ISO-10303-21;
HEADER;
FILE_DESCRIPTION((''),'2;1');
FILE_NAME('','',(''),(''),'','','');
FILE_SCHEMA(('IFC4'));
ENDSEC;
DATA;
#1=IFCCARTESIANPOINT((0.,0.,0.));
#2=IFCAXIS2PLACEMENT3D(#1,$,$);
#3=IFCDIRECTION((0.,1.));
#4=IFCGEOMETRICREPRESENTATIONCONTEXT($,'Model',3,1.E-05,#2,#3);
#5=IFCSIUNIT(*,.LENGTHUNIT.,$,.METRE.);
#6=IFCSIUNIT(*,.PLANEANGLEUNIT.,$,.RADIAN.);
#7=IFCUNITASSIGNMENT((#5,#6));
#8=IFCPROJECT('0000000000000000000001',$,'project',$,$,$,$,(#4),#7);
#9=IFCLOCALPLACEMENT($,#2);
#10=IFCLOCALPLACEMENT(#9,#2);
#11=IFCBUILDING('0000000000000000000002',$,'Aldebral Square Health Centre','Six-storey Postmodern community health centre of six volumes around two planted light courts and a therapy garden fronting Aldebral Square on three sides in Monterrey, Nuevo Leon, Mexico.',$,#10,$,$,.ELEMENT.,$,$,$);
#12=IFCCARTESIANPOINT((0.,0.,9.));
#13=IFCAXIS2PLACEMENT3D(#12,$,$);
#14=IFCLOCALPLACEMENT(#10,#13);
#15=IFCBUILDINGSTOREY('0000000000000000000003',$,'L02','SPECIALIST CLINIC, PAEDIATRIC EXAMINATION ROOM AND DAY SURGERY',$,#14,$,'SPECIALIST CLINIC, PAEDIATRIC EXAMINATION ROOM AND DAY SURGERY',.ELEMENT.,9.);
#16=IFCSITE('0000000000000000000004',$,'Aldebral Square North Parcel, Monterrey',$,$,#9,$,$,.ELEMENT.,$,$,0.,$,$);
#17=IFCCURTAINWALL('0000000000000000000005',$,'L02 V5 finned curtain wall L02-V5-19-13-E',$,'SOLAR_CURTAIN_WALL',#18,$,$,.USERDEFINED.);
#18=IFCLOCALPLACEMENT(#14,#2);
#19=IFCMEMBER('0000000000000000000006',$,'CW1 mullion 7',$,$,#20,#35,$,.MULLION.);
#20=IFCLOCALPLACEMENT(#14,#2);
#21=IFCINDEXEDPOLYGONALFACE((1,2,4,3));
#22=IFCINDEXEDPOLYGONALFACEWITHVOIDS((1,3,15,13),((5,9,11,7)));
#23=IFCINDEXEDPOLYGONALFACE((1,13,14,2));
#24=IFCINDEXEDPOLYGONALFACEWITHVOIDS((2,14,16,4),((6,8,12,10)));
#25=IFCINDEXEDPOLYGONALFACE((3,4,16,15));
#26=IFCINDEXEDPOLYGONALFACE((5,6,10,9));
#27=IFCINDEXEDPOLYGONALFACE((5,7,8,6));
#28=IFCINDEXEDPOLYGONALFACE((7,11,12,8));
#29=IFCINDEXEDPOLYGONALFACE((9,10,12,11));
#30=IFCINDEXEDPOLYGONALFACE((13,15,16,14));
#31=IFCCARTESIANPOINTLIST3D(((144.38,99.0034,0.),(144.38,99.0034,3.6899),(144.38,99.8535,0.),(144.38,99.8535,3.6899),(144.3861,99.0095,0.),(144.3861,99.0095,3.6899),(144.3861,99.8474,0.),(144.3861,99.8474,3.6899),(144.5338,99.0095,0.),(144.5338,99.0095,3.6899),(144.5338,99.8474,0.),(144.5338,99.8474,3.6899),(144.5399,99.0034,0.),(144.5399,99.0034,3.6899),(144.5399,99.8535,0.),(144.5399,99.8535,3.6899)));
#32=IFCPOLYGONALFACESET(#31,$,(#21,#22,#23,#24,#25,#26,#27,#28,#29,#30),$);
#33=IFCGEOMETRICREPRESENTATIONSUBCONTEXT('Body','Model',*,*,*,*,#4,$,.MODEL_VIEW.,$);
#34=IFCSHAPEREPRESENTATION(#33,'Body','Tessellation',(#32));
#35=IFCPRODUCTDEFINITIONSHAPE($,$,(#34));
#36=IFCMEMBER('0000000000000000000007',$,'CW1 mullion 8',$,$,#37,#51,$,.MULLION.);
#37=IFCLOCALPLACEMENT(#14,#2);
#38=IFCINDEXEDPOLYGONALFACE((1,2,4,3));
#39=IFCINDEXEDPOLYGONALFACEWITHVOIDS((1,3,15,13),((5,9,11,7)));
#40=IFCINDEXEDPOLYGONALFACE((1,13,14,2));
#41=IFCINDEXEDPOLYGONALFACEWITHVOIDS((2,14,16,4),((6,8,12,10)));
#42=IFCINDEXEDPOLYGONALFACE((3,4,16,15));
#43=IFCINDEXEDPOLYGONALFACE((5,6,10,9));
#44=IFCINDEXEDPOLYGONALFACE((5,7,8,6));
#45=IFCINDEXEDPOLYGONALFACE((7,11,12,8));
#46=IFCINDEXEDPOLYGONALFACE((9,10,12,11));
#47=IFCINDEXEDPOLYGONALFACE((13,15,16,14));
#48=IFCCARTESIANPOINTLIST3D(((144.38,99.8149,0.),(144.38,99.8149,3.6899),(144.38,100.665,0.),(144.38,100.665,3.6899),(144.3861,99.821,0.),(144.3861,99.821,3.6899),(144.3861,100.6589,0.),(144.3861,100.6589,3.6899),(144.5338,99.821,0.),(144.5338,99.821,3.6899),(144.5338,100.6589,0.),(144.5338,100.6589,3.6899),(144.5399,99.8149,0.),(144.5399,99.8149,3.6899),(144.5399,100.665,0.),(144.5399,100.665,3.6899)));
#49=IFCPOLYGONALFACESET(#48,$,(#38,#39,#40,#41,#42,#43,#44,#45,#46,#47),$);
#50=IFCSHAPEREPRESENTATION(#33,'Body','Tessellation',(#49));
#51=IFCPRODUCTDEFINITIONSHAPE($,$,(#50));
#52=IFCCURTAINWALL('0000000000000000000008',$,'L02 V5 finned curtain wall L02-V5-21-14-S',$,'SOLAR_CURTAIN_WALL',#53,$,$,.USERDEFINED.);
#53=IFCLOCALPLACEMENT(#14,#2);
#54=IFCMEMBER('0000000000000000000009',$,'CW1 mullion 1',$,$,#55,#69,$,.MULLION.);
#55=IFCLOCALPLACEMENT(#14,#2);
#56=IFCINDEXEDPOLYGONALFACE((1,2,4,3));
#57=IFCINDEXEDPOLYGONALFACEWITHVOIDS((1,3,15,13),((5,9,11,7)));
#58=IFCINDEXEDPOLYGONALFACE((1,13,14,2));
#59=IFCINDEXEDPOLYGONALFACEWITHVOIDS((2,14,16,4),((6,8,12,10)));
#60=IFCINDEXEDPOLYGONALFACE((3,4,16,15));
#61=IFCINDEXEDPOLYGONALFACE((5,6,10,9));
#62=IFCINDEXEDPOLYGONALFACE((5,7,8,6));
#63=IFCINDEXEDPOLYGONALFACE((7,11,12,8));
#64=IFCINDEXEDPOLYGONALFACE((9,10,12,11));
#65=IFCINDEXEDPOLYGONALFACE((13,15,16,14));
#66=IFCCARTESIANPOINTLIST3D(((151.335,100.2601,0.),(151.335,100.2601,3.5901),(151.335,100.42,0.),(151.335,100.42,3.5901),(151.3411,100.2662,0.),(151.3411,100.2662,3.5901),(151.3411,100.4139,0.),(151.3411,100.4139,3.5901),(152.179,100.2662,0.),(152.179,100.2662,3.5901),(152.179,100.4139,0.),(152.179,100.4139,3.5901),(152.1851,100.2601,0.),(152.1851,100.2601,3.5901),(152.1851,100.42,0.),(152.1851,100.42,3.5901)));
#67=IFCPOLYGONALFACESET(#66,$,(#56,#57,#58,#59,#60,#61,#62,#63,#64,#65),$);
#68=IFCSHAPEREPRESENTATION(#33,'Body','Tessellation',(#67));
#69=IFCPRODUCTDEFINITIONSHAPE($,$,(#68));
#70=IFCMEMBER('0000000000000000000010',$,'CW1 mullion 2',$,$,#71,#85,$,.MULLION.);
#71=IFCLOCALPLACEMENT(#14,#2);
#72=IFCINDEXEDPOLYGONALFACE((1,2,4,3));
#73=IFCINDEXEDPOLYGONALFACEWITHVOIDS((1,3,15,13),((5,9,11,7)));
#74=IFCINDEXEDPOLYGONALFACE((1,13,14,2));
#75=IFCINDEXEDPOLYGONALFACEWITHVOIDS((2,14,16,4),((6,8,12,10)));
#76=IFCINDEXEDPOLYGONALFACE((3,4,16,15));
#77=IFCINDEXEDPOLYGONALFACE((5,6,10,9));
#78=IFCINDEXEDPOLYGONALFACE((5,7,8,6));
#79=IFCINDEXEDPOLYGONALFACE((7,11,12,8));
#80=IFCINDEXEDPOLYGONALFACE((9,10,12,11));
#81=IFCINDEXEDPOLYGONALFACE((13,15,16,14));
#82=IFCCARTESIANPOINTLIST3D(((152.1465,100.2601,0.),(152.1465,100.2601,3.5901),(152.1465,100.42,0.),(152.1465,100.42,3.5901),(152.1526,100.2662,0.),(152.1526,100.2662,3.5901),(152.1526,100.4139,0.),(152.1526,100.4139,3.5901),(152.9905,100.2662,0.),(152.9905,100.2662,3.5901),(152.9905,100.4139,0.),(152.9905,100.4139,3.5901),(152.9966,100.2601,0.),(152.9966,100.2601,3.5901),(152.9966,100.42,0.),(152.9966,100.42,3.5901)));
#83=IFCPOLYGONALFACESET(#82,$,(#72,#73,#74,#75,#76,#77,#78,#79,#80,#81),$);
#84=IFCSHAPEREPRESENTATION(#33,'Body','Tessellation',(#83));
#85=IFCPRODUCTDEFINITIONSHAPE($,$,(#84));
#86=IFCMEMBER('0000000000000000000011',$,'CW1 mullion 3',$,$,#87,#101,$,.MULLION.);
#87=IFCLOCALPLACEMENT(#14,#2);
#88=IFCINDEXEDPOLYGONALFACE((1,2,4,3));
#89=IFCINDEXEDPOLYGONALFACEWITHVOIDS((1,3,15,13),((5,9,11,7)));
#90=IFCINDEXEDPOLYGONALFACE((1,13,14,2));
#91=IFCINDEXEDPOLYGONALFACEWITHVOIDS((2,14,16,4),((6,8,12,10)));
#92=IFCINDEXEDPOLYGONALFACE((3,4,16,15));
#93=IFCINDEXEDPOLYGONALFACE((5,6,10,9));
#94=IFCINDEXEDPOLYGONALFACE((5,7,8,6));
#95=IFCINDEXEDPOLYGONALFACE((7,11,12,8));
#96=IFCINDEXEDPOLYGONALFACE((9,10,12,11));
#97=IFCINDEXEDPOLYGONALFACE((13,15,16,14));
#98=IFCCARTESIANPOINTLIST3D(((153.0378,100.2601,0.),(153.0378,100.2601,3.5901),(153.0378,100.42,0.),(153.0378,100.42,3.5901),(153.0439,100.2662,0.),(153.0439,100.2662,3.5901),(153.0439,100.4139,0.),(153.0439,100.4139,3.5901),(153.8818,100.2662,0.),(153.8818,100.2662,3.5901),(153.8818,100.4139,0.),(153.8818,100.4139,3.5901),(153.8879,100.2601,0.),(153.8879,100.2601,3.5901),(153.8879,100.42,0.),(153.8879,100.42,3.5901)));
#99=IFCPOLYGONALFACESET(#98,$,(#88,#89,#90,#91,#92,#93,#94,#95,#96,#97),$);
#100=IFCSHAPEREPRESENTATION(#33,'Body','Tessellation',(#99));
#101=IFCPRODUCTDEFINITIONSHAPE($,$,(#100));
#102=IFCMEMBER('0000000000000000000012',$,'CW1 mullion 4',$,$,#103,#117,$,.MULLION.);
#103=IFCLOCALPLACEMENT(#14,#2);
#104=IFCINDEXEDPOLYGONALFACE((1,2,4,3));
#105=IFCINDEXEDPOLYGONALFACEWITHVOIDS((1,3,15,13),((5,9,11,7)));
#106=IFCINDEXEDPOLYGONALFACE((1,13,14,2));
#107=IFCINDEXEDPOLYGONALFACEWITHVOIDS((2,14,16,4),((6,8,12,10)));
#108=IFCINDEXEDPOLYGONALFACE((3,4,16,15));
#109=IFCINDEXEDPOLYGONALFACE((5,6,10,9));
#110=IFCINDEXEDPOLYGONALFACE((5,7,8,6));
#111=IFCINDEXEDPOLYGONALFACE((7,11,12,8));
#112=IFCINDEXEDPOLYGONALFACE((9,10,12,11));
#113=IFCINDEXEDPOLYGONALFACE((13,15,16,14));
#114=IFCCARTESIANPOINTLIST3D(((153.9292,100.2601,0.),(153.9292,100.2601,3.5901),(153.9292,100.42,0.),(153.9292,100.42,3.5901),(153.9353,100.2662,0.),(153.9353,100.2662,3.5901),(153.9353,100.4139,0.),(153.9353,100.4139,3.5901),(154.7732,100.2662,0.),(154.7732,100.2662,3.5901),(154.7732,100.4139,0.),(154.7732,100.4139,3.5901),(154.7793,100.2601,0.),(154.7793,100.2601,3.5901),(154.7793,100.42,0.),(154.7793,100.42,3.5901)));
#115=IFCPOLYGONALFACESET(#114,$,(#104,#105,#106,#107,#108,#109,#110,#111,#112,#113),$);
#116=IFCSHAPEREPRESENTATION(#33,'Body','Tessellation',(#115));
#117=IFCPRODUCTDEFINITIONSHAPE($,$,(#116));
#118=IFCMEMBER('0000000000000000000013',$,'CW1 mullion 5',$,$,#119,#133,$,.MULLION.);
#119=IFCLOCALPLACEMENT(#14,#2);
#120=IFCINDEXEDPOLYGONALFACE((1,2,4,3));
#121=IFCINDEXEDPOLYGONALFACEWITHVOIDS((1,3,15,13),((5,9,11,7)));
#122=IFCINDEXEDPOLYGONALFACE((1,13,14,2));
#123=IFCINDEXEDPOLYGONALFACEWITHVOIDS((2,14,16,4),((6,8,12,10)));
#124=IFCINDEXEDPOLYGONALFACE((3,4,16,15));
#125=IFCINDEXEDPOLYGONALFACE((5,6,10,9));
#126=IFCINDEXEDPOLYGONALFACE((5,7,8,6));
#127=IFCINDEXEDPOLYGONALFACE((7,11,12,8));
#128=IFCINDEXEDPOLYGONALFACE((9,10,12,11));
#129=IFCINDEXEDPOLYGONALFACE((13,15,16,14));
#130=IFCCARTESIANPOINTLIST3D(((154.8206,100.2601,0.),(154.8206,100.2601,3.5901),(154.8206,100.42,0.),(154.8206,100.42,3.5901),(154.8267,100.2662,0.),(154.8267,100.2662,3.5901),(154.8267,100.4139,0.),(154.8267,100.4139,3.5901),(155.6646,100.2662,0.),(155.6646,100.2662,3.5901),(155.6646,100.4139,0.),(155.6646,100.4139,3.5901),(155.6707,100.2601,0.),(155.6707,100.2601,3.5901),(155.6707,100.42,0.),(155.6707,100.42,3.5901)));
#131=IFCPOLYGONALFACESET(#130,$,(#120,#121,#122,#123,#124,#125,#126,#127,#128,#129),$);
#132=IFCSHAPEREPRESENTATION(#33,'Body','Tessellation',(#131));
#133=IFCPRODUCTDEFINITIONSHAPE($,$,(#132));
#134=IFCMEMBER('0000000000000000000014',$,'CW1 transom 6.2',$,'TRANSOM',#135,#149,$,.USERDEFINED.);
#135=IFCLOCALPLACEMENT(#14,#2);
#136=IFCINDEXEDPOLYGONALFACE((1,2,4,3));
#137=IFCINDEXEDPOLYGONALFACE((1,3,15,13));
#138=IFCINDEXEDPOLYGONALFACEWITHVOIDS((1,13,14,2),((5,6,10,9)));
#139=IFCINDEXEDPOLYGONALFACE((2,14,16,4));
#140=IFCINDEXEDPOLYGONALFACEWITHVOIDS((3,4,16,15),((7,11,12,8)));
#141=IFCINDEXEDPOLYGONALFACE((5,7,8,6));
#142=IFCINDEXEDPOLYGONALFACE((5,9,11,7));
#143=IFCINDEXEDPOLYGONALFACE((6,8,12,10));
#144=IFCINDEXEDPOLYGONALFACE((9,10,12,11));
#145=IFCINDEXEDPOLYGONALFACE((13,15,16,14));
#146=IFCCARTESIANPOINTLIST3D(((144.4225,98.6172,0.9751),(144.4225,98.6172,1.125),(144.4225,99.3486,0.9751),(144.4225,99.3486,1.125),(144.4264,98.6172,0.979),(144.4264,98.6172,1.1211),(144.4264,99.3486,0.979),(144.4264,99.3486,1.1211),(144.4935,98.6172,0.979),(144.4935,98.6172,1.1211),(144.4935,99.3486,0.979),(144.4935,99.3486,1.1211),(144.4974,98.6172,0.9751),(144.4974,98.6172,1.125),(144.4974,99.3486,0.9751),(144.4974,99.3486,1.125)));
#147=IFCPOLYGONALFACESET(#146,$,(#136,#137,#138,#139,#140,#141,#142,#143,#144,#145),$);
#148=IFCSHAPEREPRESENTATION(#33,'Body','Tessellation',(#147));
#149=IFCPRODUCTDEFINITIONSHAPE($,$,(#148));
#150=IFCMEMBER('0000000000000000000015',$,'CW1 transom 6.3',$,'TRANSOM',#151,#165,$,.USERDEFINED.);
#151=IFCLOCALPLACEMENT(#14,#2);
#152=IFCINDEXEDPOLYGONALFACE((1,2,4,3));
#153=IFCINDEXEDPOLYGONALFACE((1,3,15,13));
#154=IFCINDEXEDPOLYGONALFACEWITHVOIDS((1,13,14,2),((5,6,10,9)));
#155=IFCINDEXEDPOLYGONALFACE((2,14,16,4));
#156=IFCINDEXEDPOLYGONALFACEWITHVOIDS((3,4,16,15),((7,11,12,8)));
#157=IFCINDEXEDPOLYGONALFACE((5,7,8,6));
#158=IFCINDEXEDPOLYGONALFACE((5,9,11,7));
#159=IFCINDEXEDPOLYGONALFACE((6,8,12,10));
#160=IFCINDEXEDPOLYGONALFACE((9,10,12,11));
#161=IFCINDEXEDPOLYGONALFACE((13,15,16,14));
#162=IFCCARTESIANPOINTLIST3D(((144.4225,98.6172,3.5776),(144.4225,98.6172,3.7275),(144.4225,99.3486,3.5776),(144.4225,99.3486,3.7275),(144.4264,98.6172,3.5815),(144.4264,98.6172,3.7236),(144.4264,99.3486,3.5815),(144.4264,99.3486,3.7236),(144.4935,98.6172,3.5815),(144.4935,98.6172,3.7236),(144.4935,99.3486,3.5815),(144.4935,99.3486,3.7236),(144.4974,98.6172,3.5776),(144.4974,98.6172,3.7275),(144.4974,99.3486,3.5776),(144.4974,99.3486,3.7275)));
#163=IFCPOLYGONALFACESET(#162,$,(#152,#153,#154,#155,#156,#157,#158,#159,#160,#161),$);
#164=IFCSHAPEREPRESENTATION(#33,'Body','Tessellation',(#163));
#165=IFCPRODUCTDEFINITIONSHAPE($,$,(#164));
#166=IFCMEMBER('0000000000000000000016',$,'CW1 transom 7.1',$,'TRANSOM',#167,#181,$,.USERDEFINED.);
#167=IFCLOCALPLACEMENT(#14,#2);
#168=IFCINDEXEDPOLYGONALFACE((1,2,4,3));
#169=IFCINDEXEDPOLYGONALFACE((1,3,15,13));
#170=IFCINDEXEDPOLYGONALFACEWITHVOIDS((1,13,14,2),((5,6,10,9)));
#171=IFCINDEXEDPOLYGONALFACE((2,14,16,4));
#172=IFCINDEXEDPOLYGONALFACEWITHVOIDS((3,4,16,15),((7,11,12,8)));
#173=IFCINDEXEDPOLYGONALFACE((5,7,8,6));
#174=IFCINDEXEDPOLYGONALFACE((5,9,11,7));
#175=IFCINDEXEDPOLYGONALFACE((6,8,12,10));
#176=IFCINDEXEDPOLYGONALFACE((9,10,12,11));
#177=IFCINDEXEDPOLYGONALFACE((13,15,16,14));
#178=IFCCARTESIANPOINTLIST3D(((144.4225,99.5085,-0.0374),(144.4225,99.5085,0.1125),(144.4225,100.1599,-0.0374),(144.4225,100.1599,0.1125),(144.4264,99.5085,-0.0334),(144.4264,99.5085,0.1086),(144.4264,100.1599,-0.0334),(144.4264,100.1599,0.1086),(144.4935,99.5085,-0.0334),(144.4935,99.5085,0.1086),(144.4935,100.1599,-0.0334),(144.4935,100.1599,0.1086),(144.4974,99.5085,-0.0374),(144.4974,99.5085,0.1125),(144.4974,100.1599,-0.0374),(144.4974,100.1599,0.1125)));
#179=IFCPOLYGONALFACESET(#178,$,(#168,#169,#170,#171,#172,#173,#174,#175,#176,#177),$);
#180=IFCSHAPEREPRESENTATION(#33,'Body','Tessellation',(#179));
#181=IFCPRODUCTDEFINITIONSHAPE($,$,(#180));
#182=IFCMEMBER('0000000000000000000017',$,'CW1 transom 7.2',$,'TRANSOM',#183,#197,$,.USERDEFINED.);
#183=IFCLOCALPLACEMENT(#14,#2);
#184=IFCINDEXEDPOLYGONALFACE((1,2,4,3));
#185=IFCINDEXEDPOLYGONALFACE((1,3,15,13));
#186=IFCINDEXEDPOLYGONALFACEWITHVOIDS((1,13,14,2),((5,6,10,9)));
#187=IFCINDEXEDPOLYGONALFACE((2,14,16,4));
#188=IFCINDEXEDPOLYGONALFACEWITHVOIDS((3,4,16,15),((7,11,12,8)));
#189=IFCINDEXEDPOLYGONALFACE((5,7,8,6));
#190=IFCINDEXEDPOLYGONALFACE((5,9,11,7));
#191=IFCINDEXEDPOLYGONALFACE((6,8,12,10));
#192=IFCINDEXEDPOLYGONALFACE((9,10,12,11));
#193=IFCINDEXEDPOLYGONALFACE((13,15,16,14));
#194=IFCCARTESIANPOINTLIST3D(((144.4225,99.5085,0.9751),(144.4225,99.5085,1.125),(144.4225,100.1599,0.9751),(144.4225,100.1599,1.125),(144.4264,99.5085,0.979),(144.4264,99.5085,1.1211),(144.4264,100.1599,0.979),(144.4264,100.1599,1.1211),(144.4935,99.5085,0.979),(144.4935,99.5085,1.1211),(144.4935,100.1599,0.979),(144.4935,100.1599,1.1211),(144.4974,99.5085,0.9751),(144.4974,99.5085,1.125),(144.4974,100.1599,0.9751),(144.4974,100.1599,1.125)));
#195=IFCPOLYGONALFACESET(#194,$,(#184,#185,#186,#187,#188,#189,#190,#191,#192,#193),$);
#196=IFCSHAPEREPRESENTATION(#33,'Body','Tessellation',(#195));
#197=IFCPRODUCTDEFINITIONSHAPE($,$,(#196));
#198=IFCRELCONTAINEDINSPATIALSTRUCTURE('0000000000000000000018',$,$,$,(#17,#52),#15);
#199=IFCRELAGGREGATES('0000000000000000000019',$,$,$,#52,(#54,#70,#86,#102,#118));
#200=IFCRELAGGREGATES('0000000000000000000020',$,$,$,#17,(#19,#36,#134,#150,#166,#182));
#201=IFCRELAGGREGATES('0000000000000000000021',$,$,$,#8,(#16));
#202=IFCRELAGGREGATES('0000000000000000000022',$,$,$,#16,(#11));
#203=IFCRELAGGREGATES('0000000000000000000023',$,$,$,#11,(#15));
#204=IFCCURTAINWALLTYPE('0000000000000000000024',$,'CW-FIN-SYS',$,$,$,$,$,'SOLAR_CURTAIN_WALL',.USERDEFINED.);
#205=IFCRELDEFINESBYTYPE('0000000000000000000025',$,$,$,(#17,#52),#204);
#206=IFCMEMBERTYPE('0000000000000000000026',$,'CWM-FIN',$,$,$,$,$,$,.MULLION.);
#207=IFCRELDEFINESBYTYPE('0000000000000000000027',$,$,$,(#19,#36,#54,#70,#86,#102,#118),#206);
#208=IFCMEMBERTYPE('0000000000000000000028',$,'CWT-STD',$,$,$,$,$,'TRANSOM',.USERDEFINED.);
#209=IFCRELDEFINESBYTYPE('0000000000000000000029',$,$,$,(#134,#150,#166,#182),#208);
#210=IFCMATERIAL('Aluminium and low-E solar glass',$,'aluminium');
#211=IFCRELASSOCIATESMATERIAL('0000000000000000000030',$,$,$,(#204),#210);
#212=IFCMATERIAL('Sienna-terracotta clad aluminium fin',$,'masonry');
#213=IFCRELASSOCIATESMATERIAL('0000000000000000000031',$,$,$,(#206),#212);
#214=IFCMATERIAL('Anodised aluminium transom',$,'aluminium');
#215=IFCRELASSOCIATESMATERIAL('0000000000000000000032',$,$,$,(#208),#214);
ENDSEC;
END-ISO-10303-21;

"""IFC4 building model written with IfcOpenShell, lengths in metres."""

from ifc_helpers import new_model, si_unit, direction, frame, origin, origin_2d, place, context, subcontext, project, spatial, hollow_rectangle, extrude, material, material_profile, profile_set, type_object, element, aggregate, save


model = new_model("IFC4")

# Units and contexts
model_context = context("Model", 3, precision=1e-05, world=origin(), true_north=direction((0.0, 1.0)))
body_context = subcontext(model_context, "Body", "Model", "MODEL_VIEW")
ifc_project = project(units=[si_unit("LENGTHUNIT", "METRE"), si_unit("PLANEANGLEUNIT", "RADIAN")], contexts=[model_context])

# Site, building, storey
site_placement = place(None, origin())
site = spatial("IfcSite", under=ifc_project, at=site_placement, Name="Aldebral Square North Parcel, Monterrey", CompositionType="ELEMENT", RefElevation=0.0)
building_placement = place(site_placement, origin())
building = spatial("IfcBuilding", under=site, at=building_placement, Name="Aldebral Square Health Centre", Description="Six-storey Postmodern community health centre of six volumes around two planted light courts and a therapy garden fronting Aldebral Square on three sides in Monterrey, Nuevo Leon, Mexico.", CompositionType="ELEMENT")
storey_placement = place(building_placement, frame((0.0, 0.0, 9.0)))
storey = spatial("IfcBuildingStorey", under=building, at=storey_placement, Name="L02", Description="SPECIALIST CLINIC, PAEDIATRIC EXAMINATION ROOM AND DAY SURGERY", LongName="SPECIALIST CLINIC, PAEDIATRIC EXAMINATION ROOM AND DAY SURGERY", CompositionType="ELEMENT", Elevation=9.0)

# Curtain walls, members
ifc_material_1 = material(Name="Aluminium and low-E solar glass", Category="aluminium")
curtain_wall_type = type_object("IfcCurtainWallType", Name="CW-FIN-SYS", ElementType="SOLAR_CURTAIN_WALL", PredefinedType="USERDEFINED", material=ifc_material_1)
curtain_wall_1_placement = place(storey_placement, origin())
curtain_wall_1 = element("IfcCurtainWall", 1, at=curtain_wall_1_placement, inside=storey, type_object=curtain_wall_type, Name="L02 V5 finned curtain wall L02-V5-19-13-E", ObjectType="SOLAR_CURTAIN_WALL", PredefinedType="USERDEFINED")
ifc_material_2 = material(Name="Sienna-terracotta clad aluminium fin", Category="masonry")
ifc_material_profile_1 = material_profile(ifc_material_2, hollow_rectangle(XDim=0.1599, YDim=0.8501, WallThickness=0.0061, at=origin_2d()), Name="FIN 160x850x6")
ifc_profile_set_1 = profile_set([ifc_material_profile_1], Name="Sienna-terracotta clad aluminium fin")
member_type_1 = type_object("IfcMemberType", Name="CWM-FIN", PredefinedType="MULLION", material=ifc_profile_set_1)
member_1_placement = place(storey_placement, frame((144.46, 99.4285, 0.0), z_axis=(0.0, 0.0, 1.0), x_axis=(-1.0, 0.0, 0.0)))
member_1 = element("IfcMember", 2, at=member_1_placement, type_object=member_type_1, Name="CW1 mullion 7", PredefinedType="MULLION", context=body_context, shape_type="SweptSolid", body=[
    extrude(hollow_rectangle(XDim=0.1599, YDim=0.8501, WallThickness=0.0061, at=origin_2d()), origin(), (0.0, 0.0, 1.0), 3.6899),
])
member_2_placement = place(storey_placement, frame((144.46, 100.24, 0.0), z_axis=(0.0, 0.0, 1.0), x_axis=(-1.0, 0.0, 0.0)))
member_2 = element("IfcMember", 3, at=member_2_placement, type_object=member_type_1, Name="CW1 mullion 8", PredefinedType="MULLION", context=body_context, shape_type="SweptSolid", body=[
    extrude(hollow_rectangle(XDim=0.1599, YDim=0.8501, WallThickness=0.0061, at=origin_2d()), origin(), (0.0, 0.0, 1.0), 3.6899),
])
curtain_wall_2_placement = place(storey_placement, origin())
curtain_wall_2 = element("IfcCurtainWall", 4, at=curtain_wall_2_placement, inside=storey, type_object=curtain_wall_type, Name="L02 V5 finned curtain wall L02-V5-21-14-S", ObjectType="SOLAR_CURTAIN_WALL", PredefinedType="USERDEFINED")
member_3_placement = place(storey_placement, frame((151.76, 100.3401, 0.0), z_axis=(0.0, 0.0, 1.0), x_axis=(0.0, 1.0, 0.0)))
member_3 = element("IfcMember", 5, at=member_3_placement, type_object=member_type_1, Name="CW1 mullion 1", PredefinedType="MULLION", context=body_context, shape_type="SweptSolid", body=[
    extrude(hollow_rectangle(XDim=0.1599, YDim=0.8501, WallThickness=0.0061, at=origin_2d()), origin(), (0.0, 0.0, 1.0), 3.5901),
])
member_4_placement = place(storey_placement, frame((152.5715, 100.3401, 0.0), z_axis=(0.0, 0.0, 1.0), x_axis=(0.0, 1.0, 0.0)))
member_4 = element("IfcMember", 6, at=member_4_placement, type_object=member_type_1, Name="CW1 mullion 2", PredefinedType="MULLION", context=body_context, shape_type="SweptSolid", body=[
    extrude(hollow_rectangle(XDim=0.1599, YDim=0.8501, WallThickness=0.0061, at=origin_2d()), origin(), (0.0, 0.0, 1.0), 3.5901),
])
member_5_placement = place(storey_placement, frame((153.4629, 100.3401, 0.0), z_axis=(0.0, 0.0, 1.0), x_axis=(0.0, 1.0, 0.0)))
member_5 = element("IfcMember", 7, at=member_5_placement, type_object=member_type_1, Name="CW1 mullion 3", PredefinedType="MULLION", context=body_context, shape_type="SweptSolid", body=[
    extrude(hollow_rectangle(XDim=0.1599, YDim=0.8501, WallThickness=0.0061, at=origin_2d()), origin(), (0.0, 0.0, 1.0), 3.5901),
])
member_6_placement = place(storey_placement, frame((154.3542, 100.3401, 0.0), z_axis=(0.0, 0.0, 1.0), x_axis=(0.0, 1.0, 0.0)))
member_6 = element("IfcMember", 8, at=member_6_placement, type_object=member_type_1, Name="CW1 mullion 4", PredefinedType="MULLION", context=body_context, shape_type="SweptSolid", body=[
    extrude(hollow_rectangle(XDim=0.1599, YDim=0.8501, WallThickness=0.0061, at=origin_2d()), origin(), (0.0, 0.0, 1.0), 3.5901),
])
member_7_placement = place(storey_placement, frame((155.2456, 100.3401, 0.0), z_axis=(0.0, 0.0, 1.0), x_axis=(0.0, 1.0, 0.0)))
member_7 = element("IfcMember", 9, at=member_7_placement, type_object=member_type_1, Name="CW1 mullion 5", PredefinedType="MULLION", context=body_context, shape_type="SweptSolid", body=[
    extrude(hollow_rectangle(XDim=0.1599, YDim=0.8501, WallThickness=0.0061, at=origin_2d()), origin(), (0.0, 0.0, 1.0), 3.5901),
])

# Members
ifc_material_3 = material(Name="Anodised aluminium transom", Category="aluminium")
ifc_material_profile_2 = material_profile(ifc_material_3, hollow_rectangle(XDim=0.075, YDim=0.1499, WallThickness=0.0039, at=origin_2d()), Name="CWT 75x150x4")
ifc_profile_set_2 = profile_set([ifc_material_profile_2], Name="Anodised aluminium transom")
member_type_2 = type_object("IfcMemberType", Name="CWT-STD", ElementType="TRANSOM", PredefinedType="USERDEFINED", material=ifc_profile_set_2)
member_8_placement = place(storey_placement, frame((144.46, 98.6172, 1.05), z_axis=(0.0, 1.0, 0.0), x_axis=(-1.0, 0.0, 0.0)))
member_8 = element("IfcMember", 10, at=member_8_placement, type_object=member_type_2, Name="CW1 transom 6.2", ObjectType="TRANSOM", PredefinedType="USERDEFINED", context=body_context, shape_type="SweptSolid", body=[
    extrude(hollow_rectangle(XDim=0.075, YDim=0.1499, WallThickness=0.0039, at=origin_2d()), origin(), (0.0, 0.0, 1.0), 0.7314),
])
member_9_placement = place(storey_placement, frame((144.46, 98.6172, 3.6526), z_axis=(0.0, 1.0, 0.0), x_axis=(-1.0, 0.0, 0.0)))
member_9 = element("IfcMember", 11, at=member_9_placement, type_object=member_type_2, Name="CW1 transom 6.3", ObjectType="TRANSOM", PredefinedType="USERDEFINED", context=body_context, shape_type="SweptSolid", body=[
    extrude(hollow_rectangle(XDim=0.075, YDim=0.1499, WallThickness=0.0039, at=origin_2d()), origin(), (0.0, 0.0, 1.0), 0.7314),
])
member_10_placement = place(storey_placement, frame((144.46, 99.5085, 0.0376), z_axis=(0.0, 1.0, 0.0), x_axis=(-1.0, 0.0, 0.0)))
member_10 = element("IfcMember", 12, at=member_10_placement, type_object=member_type_2, Name="CW1 transom 7.1", ObjectType="TRANSOM", PredefinedType="USERDEFINED", context=body_context, shape_type="SweptSolid", body=[
    extrude(hollow_rectangle(XDim=0.075, YDim=0.1499, WallThickness=0.0039, at=origin_2d()), origin(), (0.0, 0.0, 1.0), 0.6514),
])
member_11_placement = place(storey_placement, frame((144.46, 99.5085, 1.05), z_axis=(0.0, 1.0, 0.0), x_axis=(-1.0, 0.0, 0.0)))
member_11 = element("IfcMember", 13, at=member_11_placement, type_object=member_type_2, Name="CW1 transom 7.2", ObjectType="TRANSOM", PredefinedType="USERDEFINED", context=body_context, shape_type="SweptSolid", body=[
    extrude(hollow_rectangle(XDim=0.075, YDim=0.1499, WallThickness=0.0039, at=origin_2d()), origin(), (0.0, 0.0, 1.0), 0.6514),
])

aggregate(curtain_wall_2, [member_3, member_4, member_5, member_6, member_7])
aggregate(curtain_wall_1, [member_1, member_2, member_8, member_9, member_10, member_11])

save(model, "model.ifc")
